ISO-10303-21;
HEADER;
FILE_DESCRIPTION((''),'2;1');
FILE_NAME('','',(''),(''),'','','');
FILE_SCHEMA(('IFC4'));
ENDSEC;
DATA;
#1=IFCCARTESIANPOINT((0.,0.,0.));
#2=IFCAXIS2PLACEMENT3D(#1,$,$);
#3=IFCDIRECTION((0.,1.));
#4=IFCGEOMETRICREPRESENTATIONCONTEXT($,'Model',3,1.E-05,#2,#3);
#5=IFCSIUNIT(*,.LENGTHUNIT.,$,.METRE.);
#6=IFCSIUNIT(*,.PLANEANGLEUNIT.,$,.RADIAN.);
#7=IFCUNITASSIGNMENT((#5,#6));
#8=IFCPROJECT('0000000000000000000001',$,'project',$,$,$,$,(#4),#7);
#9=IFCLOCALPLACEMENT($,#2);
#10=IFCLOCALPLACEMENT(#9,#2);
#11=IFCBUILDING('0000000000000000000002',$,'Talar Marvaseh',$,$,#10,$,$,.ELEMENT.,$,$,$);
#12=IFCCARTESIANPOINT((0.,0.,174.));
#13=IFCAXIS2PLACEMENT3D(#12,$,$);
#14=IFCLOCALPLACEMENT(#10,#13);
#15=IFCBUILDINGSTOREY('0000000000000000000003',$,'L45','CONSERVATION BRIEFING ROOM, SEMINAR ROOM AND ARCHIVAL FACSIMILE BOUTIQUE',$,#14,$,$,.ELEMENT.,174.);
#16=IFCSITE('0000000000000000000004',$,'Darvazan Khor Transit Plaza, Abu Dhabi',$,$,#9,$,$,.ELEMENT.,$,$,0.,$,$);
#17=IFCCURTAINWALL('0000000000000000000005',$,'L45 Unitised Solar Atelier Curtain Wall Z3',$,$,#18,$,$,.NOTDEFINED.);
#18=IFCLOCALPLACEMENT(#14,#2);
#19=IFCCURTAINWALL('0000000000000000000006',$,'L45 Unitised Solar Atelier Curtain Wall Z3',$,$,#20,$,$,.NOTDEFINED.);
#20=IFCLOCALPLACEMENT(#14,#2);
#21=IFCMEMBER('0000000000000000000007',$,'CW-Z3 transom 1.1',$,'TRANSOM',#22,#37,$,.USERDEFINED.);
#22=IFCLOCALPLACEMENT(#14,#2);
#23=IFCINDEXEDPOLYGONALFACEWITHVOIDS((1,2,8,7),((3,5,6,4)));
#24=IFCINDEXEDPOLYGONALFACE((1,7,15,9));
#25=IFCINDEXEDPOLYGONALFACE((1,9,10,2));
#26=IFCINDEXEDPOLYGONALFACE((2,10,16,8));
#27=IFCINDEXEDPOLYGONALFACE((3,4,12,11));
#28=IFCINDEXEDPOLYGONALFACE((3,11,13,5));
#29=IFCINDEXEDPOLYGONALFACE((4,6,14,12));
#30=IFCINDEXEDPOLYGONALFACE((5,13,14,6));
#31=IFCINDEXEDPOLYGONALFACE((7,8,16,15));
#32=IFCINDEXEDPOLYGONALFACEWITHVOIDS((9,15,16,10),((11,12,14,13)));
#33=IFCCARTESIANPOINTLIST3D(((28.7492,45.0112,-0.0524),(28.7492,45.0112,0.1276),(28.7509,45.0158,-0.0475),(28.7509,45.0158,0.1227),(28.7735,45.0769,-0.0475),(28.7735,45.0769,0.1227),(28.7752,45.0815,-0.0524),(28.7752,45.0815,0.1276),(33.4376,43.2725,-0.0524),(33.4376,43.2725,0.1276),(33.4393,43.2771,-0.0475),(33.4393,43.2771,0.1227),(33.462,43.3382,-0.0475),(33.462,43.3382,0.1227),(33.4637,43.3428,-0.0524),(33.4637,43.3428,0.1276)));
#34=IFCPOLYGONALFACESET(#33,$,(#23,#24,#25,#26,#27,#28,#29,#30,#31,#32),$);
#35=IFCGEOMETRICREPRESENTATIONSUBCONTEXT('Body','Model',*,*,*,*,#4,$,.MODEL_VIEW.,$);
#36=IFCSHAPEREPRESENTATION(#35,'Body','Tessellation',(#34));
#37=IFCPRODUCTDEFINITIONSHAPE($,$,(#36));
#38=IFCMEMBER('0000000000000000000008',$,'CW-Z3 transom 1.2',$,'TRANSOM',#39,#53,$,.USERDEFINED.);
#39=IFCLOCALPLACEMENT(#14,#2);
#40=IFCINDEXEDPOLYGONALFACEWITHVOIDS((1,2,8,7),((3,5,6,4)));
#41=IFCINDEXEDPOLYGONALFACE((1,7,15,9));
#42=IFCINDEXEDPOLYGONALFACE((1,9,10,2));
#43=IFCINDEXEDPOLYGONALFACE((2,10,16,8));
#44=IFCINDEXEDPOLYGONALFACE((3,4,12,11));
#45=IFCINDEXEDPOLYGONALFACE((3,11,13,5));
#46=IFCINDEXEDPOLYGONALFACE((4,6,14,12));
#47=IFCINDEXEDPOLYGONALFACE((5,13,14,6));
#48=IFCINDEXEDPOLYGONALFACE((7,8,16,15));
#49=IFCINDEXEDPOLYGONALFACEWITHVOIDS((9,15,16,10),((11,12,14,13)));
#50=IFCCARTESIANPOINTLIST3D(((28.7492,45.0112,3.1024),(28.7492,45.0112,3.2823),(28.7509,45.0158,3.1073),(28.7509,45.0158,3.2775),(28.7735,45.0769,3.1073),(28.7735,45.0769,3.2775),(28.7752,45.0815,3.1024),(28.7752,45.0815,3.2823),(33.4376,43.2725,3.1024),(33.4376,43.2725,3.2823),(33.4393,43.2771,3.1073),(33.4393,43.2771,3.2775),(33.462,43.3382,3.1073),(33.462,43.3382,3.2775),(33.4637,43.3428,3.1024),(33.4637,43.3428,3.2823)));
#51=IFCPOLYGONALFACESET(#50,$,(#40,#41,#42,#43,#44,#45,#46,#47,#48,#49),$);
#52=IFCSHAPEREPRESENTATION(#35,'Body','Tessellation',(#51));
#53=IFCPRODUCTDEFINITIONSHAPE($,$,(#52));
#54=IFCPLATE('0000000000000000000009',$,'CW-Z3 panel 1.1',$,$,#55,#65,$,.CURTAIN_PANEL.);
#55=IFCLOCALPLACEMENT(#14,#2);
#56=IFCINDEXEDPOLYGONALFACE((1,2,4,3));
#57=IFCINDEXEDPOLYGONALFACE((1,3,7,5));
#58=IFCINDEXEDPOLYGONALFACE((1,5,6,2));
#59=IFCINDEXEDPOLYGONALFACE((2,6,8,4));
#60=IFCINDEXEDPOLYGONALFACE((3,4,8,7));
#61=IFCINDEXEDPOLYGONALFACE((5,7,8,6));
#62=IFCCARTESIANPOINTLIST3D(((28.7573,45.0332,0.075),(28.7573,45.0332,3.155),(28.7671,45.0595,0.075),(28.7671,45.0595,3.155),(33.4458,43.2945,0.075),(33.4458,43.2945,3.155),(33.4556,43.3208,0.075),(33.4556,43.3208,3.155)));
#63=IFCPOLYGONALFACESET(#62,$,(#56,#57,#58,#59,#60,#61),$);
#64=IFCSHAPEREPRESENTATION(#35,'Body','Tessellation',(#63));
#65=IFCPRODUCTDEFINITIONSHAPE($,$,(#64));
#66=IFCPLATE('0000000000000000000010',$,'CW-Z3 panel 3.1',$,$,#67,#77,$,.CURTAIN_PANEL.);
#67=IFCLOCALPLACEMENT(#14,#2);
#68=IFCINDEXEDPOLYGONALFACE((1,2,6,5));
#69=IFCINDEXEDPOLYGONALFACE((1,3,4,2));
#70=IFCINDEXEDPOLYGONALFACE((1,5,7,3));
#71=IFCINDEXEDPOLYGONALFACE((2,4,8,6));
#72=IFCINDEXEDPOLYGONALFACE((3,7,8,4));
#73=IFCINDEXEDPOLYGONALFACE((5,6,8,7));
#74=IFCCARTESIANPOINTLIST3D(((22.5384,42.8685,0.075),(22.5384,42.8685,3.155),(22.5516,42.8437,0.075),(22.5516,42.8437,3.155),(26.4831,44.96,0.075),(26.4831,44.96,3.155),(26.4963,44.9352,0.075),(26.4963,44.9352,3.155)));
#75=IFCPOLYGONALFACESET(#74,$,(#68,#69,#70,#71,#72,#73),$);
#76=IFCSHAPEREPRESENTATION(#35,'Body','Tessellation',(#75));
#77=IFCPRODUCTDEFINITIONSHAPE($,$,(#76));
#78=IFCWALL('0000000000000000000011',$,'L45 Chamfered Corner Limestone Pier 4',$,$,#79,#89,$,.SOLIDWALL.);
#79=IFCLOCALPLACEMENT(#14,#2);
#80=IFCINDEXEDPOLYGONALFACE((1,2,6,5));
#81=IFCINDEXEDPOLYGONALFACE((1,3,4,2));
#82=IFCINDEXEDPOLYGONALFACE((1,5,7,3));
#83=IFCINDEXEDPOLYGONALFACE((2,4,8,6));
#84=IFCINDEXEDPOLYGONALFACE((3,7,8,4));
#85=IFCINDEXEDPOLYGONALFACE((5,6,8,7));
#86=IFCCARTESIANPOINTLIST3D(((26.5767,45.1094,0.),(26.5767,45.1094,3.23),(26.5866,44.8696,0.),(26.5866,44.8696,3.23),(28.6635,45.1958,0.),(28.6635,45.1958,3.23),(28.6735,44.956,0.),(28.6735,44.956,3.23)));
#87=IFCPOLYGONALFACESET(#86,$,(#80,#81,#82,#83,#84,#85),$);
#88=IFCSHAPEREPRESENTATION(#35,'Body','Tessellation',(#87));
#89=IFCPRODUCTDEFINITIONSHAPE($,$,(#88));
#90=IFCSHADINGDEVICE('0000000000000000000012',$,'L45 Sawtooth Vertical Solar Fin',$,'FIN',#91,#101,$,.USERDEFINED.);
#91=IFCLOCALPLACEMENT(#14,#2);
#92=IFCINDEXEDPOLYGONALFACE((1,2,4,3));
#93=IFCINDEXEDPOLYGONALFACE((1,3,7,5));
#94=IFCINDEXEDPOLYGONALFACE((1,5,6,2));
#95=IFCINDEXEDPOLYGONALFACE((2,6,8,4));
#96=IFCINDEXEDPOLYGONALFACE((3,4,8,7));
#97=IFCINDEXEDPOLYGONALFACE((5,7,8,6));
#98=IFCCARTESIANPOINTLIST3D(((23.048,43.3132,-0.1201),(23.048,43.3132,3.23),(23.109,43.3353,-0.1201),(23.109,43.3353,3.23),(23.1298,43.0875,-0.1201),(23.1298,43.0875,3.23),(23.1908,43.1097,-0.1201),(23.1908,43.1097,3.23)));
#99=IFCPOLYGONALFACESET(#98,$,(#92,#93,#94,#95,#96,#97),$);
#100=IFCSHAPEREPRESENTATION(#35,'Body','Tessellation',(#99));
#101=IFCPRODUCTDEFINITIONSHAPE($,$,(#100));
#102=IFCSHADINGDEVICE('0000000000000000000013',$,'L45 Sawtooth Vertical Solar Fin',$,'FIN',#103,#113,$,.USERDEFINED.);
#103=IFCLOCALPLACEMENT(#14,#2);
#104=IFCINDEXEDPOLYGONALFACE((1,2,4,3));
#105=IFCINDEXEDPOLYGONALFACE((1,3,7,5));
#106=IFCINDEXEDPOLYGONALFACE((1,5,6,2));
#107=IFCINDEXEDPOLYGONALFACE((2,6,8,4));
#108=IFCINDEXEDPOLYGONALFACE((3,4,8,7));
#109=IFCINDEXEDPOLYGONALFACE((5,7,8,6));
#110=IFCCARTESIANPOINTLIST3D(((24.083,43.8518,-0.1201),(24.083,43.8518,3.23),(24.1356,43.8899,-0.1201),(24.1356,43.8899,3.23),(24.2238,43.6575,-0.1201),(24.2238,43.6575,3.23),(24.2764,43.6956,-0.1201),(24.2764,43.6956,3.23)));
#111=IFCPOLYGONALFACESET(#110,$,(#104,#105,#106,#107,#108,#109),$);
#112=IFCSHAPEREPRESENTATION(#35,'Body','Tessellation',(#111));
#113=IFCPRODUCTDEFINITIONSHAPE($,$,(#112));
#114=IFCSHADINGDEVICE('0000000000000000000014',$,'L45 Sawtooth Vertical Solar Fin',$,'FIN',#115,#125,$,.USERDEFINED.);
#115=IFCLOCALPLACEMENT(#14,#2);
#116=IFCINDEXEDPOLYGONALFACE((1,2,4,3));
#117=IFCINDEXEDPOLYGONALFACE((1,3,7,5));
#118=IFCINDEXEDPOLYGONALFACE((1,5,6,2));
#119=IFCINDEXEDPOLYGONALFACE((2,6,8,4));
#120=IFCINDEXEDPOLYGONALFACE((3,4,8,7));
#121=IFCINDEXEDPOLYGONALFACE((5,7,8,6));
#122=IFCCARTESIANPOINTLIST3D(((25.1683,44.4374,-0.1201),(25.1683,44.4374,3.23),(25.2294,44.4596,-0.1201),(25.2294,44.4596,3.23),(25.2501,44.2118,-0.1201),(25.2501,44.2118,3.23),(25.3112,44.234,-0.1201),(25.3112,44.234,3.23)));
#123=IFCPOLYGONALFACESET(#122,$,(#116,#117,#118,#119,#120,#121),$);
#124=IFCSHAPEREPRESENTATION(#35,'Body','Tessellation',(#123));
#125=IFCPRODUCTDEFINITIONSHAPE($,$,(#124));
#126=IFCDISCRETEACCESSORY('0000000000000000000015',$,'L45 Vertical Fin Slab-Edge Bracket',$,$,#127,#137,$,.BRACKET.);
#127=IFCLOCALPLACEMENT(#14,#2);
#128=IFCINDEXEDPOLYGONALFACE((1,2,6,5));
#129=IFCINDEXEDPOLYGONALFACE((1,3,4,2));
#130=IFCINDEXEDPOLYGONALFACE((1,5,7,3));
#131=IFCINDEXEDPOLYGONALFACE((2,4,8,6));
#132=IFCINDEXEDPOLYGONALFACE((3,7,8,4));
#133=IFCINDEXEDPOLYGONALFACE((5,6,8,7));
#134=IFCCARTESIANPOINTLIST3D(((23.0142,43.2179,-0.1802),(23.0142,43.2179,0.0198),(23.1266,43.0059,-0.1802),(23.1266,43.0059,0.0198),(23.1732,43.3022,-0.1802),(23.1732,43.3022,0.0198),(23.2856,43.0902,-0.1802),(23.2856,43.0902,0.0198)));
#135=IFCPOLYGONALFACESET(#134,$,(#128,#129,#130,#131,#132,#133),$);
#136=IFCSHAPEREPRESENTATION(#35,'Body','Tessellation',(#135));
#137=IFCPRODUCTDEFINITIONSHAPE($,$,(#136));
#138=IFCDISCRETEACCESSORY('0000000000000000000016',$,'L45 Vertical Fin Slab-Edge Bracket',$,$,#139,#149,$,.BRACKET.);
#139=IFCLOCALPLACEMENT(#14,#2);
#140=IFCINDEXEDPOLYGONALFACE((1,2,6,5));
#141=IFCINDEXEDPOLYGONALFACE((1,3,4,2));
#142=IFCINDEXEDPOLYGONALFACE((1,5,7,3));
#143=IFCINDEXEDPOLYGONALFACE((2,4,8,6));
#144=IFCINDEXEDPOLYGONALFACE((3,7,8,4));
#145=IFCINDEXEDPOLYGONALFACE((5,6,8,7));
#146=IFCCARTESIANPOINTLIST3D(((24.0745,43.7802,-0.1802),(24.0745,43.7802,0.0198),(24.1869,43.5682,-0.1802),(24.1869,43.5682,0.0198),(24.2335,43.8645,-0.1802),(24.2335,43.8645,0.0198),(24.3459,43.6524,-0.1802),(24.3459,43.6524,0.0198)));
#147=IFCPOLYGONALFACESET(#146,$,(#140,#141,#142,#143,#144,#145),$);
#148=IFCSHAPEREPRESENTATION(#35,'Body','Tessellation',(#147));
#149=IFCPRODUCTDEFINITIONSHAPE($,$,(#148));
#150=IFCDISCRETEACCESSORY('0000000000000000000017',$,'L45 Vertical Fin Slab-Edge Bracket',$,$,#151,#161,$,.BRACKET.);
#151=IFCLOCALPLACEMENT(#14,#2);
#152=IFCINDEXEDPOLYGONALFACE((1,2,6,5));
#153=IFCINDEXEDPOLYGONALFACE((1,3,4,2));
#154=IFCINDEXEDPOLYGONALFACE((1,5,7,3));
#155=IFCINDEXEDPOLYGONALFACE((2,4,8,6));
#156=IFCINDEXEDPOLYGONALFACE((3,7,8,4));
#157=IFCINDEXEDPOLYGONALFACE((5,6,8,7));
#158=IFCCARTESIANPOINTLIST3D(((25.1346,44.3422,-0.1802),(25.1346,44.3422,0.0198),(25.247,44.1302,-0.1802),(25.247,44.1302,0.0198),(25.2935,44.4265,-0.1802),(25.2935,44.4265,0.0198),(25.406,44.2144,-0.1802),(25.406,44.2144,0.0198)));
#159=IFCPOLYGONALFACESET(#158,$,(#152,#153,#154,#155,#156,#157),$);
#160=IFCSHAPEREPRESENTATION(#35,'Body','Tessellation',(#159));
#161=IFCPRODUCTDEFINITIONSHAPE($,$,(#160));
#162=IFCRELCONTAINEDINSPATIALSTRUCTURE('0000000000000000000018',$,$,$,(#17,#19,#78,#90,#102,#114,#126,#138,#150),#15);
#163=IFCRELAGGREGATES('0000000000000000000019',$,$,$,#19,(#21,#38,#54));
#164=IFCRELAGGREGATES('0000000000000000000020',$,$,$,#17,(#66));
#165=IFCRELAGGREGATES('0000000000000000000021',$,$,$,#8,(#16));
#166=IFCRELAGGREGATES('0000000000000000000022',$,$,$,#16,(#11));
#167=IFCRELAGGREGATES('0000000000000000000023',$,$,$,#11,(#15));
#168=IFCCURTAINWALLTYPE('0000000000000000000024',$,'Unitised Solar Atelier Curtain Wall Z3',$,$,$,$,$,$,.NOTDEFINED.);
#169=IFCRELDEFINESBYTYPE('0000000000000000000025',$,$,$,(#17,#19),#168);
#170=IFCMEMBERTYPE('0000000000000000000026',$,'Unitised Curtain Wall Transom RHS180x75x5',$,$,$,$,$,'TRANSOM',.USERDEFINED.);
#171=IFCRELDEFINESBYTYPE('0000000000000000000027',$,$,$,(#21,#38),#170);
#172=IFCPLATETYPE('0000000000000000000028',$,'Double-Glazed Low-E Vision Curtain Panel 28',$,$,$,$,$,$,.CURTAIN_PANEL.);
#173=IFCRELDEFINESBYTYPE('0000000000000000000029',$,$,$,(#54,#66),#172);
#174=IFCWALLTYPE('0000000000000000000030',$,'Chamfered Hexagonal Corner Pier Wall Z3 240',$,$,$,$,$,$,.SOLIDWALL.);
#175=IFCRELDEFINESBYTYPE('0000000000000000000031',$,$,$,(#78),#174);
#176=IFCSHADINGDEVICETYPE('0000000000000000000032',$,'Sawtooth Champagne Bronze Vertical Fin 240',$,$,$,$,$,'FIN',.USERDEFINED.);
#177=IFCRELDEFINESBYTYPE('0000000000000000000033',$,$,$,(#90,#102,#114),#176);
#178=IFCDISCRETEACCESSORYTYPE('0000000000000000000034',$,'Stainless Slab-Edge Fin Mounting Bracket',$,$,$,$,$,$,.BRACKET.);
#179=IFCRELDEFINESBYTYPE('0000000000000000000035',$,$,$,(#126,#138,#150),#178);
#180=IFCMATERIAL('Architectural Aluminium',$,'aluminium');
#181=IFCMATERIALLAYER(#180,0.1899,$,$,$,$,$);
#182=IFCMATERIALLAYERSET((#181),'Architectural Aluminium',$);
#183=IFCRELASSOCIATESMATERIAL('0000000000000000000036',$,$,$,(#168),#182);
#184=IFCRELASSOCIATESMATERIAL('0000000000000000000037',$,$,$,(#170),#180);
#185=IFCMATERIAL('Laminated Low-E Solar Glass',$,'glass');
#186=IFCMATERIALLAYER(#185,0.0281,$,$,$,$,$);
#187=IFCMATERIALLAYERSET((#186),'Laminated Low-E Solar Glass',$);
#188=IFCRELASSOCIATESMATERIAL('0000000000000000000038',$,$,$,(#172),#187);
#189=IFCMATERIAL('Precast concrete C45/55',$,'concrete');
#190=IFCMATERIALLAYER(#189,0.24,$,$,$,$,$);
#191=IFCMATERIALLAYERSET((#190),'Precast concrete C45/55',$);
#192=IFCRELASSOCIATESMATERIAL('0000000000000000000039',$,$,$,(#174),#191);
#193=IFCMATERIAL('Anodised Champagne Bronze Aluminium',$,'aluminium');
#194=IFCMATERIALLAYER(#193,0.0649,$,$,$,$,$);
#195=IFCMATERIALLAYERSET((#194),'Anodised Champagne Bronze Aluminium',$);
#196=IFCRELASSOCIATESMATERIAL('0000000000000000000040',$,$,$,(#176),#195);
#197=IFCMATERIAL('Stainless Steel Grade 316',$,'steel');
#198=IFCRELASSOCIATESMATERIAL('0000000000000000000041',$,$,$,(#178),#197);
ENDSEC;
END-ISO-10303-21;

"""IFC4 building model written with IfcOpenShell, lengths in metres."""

from ifc_helpers import new_model, si_unit, direction, frame, frame_2d, origin, origin_2d, place, context, subcontext, project, spatial, rectangle, hollow_rectangle, extrude, source, transform, mapped, material, layer, layer_set, material_profile, profile_set, type_object, type_shapes, element, aggregate, save


model = new_model("IFC4")

# Units and contexts
model_context = context("Model", 3, precision=1e-05, world=origin(), true_north=direction((0.0, 1.0)))
body_context = subcontext(model_context, "Body", "Model", "MODEL_VIEW")
ifc_project = project(units=[si_unit("LENGTHUNIT", "METRE"), si_unit("PLANEANGLEUNIT", "RADIAN")], contexts=[model_context])

# Site, building, storey
site_placement = place(None, origin())
site = spatial("IfcSite", under=ifc_project, at=site_placement, Name="Darvazan Khor Transit Plaza, Abu Dhabi", CompositionType="ELEMENT", RefElevation=0.0)
building_placement = place(site_placement, origin())
building = spatial("IfcBuilding", under=site, at=building_placement, Name="Talar Marvaseh", CompositionType="ELEMENT")
storey_placement = place(building_placement, frame((0.0, 0.0, 174.0)))
storey = spatial("IfcBuildingStorey", under=building, at=storey_placement, Name="L45", Description="CONSERVATION BRIEFING ROOM, SEMINAR ROOM AND ARCHIVAL FACSIMILE BOUTIQUE", CompositionType="ELEMENT", Elevation=174.0)

# Curtain wall
ifc_material_1 = material(Name="Architectural Aluminium", Category="aluminium")
ifc_layer_1 = layer(ifc_material_1, 0.1899)
ifc_layer_set_1 = layer_set([ifc_layer_1], Name="Architectural Aluminium")
curtain_wall_type = type_object("IfcCurtainWallType", Name="Unitised Solar Atelier Curtain Wall Z3", PredefinedType="NOTDEFINED", material=ifc_layer_set_1)
curtain_wall_1_placement = place(storey_placement, origin())
curtain_wall_1 = element("IfcCurtainWall", 1, at=curtain_wall_1_placement, inside=storey, type_object=curtain_wall_type, Name="L45 Unitised Solar Atelier Curtain Wall Z3", PredefinedType="NOTDEFINED")

# Curtain wall, members, plate
curtain_wall_2_placement = place(storey_placement, origin())
curtain_wall_2 = element("IfcCurtainWall", 2, at=curtain_wall_2_placement, inside=storey, type_object=curtain_wall_type, Name="L45 Unitised Solar Atelier Curtain Wall Z3", PredefinedType="NOTDEFINED")
ifc_material_profile_1 = material_profile(ifc_material_1, hollow_rectangle(XDim=0.075, YDim=0.1799, WallThickness=0.0049, at=origin_2d()), Name="RHS180x75x5")
ifc_profile_set_1 = profile_set([ifc_material_profile_1], Name="Architectural Aluminium")
member_type_1 = type_object("IfcMemberType", Name="Unitised Curtain Wall Transom RHS180x75x5", ElementType="TRANSOM", PredefinedType="USERDEFINED", material=ifc_profile_set_1)
shared_shape_1 = source(origin(), body_context, "Body", "SweptSolid", [
    extrude(hollow_rectangle(XDim=0.075, YDim=0.1799, WallThickness=0.0049, at=origin_2d()), origin(), (0.0, 0.0, 1.0), 5.0005),
])
type_shapes(member_type_1, [shared_shape_1])
member_1_placement = place(storey_placement, frame((28.7622, 45.0464, 0.0376), z_axis=(0.937599, -0.347718, 0.0), x_axis=(0.347718, 0.937599, 0.0)))
member_1 = element("IfcMember", 3, at=member_1_placement, type_object=member_type_1, Name="CW-Z3 transom 1.1", ObjectType="TRANSOM", PredefinedType="USERDEFINED", context=body_context, shape_type="MappedRepresentation", body=[
    mapped(shared_shape_1, transform((0.0, 0.0, 0.0), x_axis=(1.0, 0.0, 0.0), y_axis=(0.0, 1.0, 0.0), z_axis=(0.0, 0.0, 1.0), scale=1.0)),
])
member_2_placement = place(storey_placement, frame((28.7622, 45.0464, 3.1924), z_axis=(0.937599, -0.347718, 0.0), x_axis=(0.347718, 0.937599, 0.0)))
member_2 = element("IfcMember", 4, at=member_2_placement, type_object=member_type_1, Name="CW-Z3 transom 1.2", ObjectType="TRANSOM", PredefinedType="USERDEFINED", context=body_context, shape_type="MappedRepresentation", body=[
    mapped(shared_shape_1, transform((0.0, 0.0, 0.0), x_axis=(1.0, 0.0, 0.0), y_axis=(0.0, 1.0, 0.0), z_axis=(0.0, 0.0, 1.0), scale=1.0)),
])
ifc_material_2 = material(Name="Laminated Low-E Solar Glass", Category="glass")
ifc_layer_2 = layer(ifc_material_2, 0.0281)
ifc_layer_set_2 = layer_set([ifc_layer_2], Name="Laminated Low-E Solar Glass")
plate_type = type_object("IfcPlateType", Name="Double-Glazed Low-E Vision Curtain Panel 28", PredefinedType="CURTAIN_PANEL", material=ifc_layer_set_2)
shared_shape_2 = source(origin(), body_context, "Body", "SweptSolid", [
    extrude(rectangle(XDim=5.0005, YDim=0.0281, at=origin_2d()), origin(), (0.0, 0.0, 1.0), 3.0801),
])
plate_1_placement = place(storey_placement, frame((31.1064, 44.177, 0.075), z_axis=(0.0, 0.0, 1.0), x_axis=(0.937608, -0.347695, 0.0)))
plate_1 = element("IfcPlate", 5, at=plate_1_placement, type_object=plate_type, Name="CW-Z3 panel 1.1", PredefinedType="CURTAIN_PANEL", context=body_context, shape_type="MappedRepresentation", body=[
    mapped(shared_shape_2, transform((0.0, 0.0, 0.0), x_axis=(1.0, 0.0, 0.0), y_axis=(0.0, 1.0, 0.0), z_axis=(0.0, 0.0, 1.0), scale=1.0)),
])
aggregate(curtain_wall_2, [member_1, member_2, plate_1])

# Plate
shared_shape_3 = source(origin(), body_context, "Body", "SweptSolid", [
    extrude(rectangle(XDim=4.4648, YDim=0.0281, at=origin_2d()), origin(), (0.0, 0.0, 1.0), 3.0801),
])
type_shapes(plate_type, [shared_shape_2, shared_shape_3])
plate_2_placement = place(storey_placement, frame((24.5173, 43.9019, 0.075), z_axis=(0.0, 0.0, 1.0), x_axis=(0.883502, 0.468427, 0.0)))
plate_2 = element("IfcPlate", 6, at=plate_2_placement, type_object=plate_type, Name="CW-Z3 panel 3.1", PredefinedType="CURTAIN_PANEL", context=body_context, shape_type="MappedRepresentation", body=[
    mapped(shared_shape_3, transform((0.0, 0.0, 0.0), x_axis=(1.0, 0.0, 0.0), y_axis=(0.0, 1.0, 0.0), z_axis=(0.0, 0.0, 1.0), scale=1.0)),
])
aggregate(curtain_wall_1, [plate_2])

# Wall
ifc_material_3 = material(Name="Precast concrete C45/55", Category="concrete")
ifc_layer_3 = layer(ifc_material_3, 0.24)
ifc_layer_set_3 = layer_set([ifc_layer_3], Name="Precast concrete C45/55")
wall_type = type_object("IfcWallType", Name="Chamfered Hexagonal Corner Pier Wall Z3 240", PredefinedType="SOLIDWALL", material=ifc_layer_set_3)
wall_placement = place(storey_placement, frame((26.5815, 44.9895, 0.0), z_axis=(0.0, 0.0, 1.0), x_axis=(0.999144, 0.041378, 0.0)))
element("IfcWall", 7, at=wall_placement, inside=storey, type_object=wall_type, Name="L45 Chamfered Corner Limestone Pier 4", PredefinedType="SOLIDWALL", context=body_context, shape_type="SweptSolid", body=[
    extrude(rectangle(XDim=2.0886, YDim=0.24, at=frame_2d((1.0444, 0.0))), origin(), (0.0, 0.0, 1.0), 3.23),
])

# Shading devices
ifc_material_4 = material(Name="Anodised Champagne Bronze Aluminium", Category="aluminium")
ifc_layer_4 = layer(ifc_material_4, 0.0649)
ifc_layer_set_4 = layer_set([ifc_layer_4], Name="Anodised Champagne Bronze Aluminium")
shading_device_type = type_object("IfcShadingDeviceType", Name="Sawtooth Champagne Bronze Vertical Fin 240", ElementType="FIN", PredefinedType="USERDEFINED", material=ifc_layer_set_4)
shared_shape_4 = source(origin(), body_context, "Body", "SweptSolid", [
    extrude(rectangle(XDim=0.24, YDim=0.0649, at=origin_2d()), origin(), (0.0, 0.0, 1.0), 3.3501),
])
type_shapes(shading_device_type, [shared_shape_4])
for number, where, z_axis, x_axis, name in (
    (8, (23.1194, 43.2114, -0.1201), (0.0, 0.0, 1.0), (-0.340872, 0.94011, 0.0), "L45 Sawtooth Vertical Solar Fin"),
    (9, (24.1797, 43.7737, -0.1201), (0.0, 0.0, 1.0), (-0.586796, 0.809735, 0.0), "L45 Sawtooth Vertical Solar Fin"),
    (10, (25.2397, 44.3357, -0.1201), (0.0, 0.0, 1.0), (-0.340872, 0.94011, 0.0), "L45 Sawtooth Vertical Solar Fin"),
):
    element("IfcShadingDevice", number, at=place(storey_placement, frame(where, z_axis=z_axis, x_axis=x_axis)), inside=storey, type_object=shading_device_type, Name=name, ObjectType="FIN", PredefinedType="USERDEFINED", context=body_context, shape_type="MappedRepresentation", body=[
        mapped(shared_shape_4, transform((0.0, 0.0, 0.0), x_axis=(1.0, 0.0, 0.0), y_axis=(0.0, 1.0, 0.0), z_axis=(0.0, 0.0, 1.0), scale=1.0)),
    ])

# Discrete accessories
ifc_material_5 = material(Name="Stainless Steel Grade 316", Category="steel")
discrete_accessory_type = type_object("IfcDiscreteAccessoryType", Name="Stainless Slab-Edge Fin Mounting Bracket", PredefinedType="BRACKET", material=ifc_material_5)
shared_shape_5 = source(origin(), body_context, "Body", "SweptSolid", [
    extrude(rectangle(XDim=0.24, YDim=0.1799, at=origin_2d()), origin(), (0.0, 0.0, 1.0), 0.2),
])
type_shapes(discrete_accessory_type, [shared_shape_5])
for number, where, z_axis, x_axis, name in (
    (11, (23.1499, 43.1541, -0.1802), (0.0, 0.0, 1.0), (-0.468392, 0.883521, 0.0), "L45 Vertical Fin Slab-Edge Bracket"),
    (12, (24.2102, 43.7163, -0.1802), (0.0, 0.0, 1.0), (-0.468392, 0.883521, 0.0), "L45 Vertical Fin Slab-Edge Bracket"),
    (13, (25.2703, 44.2783, -0.1802), (0.0, 0.0, 1.0), (-0.468392, 0.883521, 0.0), "L45 Vertical Fin Slab-Edge Bracket"),
):
    element("IfcDiscreteAccessory", number, at=place(storey_placement, frame(where, z_axis=z_axis, x_axis=x_axis)), inside=storey, type_object=discrete_accessory_type, Name=name, PredefinedType="BRACKET", context=body_context, shape_type="MappedRepresentation", body=[
        mapped(shared_shape_5, transform((0.0, 0.0, 0.0), x_axis=(1.0, 0.0, 0.0), y_axis=(0.0, 1.0, 0.0), z_axis=(0.0, 0.0, 1.0), scale=1.0)),
    ])

save(model, "model.ifc")
